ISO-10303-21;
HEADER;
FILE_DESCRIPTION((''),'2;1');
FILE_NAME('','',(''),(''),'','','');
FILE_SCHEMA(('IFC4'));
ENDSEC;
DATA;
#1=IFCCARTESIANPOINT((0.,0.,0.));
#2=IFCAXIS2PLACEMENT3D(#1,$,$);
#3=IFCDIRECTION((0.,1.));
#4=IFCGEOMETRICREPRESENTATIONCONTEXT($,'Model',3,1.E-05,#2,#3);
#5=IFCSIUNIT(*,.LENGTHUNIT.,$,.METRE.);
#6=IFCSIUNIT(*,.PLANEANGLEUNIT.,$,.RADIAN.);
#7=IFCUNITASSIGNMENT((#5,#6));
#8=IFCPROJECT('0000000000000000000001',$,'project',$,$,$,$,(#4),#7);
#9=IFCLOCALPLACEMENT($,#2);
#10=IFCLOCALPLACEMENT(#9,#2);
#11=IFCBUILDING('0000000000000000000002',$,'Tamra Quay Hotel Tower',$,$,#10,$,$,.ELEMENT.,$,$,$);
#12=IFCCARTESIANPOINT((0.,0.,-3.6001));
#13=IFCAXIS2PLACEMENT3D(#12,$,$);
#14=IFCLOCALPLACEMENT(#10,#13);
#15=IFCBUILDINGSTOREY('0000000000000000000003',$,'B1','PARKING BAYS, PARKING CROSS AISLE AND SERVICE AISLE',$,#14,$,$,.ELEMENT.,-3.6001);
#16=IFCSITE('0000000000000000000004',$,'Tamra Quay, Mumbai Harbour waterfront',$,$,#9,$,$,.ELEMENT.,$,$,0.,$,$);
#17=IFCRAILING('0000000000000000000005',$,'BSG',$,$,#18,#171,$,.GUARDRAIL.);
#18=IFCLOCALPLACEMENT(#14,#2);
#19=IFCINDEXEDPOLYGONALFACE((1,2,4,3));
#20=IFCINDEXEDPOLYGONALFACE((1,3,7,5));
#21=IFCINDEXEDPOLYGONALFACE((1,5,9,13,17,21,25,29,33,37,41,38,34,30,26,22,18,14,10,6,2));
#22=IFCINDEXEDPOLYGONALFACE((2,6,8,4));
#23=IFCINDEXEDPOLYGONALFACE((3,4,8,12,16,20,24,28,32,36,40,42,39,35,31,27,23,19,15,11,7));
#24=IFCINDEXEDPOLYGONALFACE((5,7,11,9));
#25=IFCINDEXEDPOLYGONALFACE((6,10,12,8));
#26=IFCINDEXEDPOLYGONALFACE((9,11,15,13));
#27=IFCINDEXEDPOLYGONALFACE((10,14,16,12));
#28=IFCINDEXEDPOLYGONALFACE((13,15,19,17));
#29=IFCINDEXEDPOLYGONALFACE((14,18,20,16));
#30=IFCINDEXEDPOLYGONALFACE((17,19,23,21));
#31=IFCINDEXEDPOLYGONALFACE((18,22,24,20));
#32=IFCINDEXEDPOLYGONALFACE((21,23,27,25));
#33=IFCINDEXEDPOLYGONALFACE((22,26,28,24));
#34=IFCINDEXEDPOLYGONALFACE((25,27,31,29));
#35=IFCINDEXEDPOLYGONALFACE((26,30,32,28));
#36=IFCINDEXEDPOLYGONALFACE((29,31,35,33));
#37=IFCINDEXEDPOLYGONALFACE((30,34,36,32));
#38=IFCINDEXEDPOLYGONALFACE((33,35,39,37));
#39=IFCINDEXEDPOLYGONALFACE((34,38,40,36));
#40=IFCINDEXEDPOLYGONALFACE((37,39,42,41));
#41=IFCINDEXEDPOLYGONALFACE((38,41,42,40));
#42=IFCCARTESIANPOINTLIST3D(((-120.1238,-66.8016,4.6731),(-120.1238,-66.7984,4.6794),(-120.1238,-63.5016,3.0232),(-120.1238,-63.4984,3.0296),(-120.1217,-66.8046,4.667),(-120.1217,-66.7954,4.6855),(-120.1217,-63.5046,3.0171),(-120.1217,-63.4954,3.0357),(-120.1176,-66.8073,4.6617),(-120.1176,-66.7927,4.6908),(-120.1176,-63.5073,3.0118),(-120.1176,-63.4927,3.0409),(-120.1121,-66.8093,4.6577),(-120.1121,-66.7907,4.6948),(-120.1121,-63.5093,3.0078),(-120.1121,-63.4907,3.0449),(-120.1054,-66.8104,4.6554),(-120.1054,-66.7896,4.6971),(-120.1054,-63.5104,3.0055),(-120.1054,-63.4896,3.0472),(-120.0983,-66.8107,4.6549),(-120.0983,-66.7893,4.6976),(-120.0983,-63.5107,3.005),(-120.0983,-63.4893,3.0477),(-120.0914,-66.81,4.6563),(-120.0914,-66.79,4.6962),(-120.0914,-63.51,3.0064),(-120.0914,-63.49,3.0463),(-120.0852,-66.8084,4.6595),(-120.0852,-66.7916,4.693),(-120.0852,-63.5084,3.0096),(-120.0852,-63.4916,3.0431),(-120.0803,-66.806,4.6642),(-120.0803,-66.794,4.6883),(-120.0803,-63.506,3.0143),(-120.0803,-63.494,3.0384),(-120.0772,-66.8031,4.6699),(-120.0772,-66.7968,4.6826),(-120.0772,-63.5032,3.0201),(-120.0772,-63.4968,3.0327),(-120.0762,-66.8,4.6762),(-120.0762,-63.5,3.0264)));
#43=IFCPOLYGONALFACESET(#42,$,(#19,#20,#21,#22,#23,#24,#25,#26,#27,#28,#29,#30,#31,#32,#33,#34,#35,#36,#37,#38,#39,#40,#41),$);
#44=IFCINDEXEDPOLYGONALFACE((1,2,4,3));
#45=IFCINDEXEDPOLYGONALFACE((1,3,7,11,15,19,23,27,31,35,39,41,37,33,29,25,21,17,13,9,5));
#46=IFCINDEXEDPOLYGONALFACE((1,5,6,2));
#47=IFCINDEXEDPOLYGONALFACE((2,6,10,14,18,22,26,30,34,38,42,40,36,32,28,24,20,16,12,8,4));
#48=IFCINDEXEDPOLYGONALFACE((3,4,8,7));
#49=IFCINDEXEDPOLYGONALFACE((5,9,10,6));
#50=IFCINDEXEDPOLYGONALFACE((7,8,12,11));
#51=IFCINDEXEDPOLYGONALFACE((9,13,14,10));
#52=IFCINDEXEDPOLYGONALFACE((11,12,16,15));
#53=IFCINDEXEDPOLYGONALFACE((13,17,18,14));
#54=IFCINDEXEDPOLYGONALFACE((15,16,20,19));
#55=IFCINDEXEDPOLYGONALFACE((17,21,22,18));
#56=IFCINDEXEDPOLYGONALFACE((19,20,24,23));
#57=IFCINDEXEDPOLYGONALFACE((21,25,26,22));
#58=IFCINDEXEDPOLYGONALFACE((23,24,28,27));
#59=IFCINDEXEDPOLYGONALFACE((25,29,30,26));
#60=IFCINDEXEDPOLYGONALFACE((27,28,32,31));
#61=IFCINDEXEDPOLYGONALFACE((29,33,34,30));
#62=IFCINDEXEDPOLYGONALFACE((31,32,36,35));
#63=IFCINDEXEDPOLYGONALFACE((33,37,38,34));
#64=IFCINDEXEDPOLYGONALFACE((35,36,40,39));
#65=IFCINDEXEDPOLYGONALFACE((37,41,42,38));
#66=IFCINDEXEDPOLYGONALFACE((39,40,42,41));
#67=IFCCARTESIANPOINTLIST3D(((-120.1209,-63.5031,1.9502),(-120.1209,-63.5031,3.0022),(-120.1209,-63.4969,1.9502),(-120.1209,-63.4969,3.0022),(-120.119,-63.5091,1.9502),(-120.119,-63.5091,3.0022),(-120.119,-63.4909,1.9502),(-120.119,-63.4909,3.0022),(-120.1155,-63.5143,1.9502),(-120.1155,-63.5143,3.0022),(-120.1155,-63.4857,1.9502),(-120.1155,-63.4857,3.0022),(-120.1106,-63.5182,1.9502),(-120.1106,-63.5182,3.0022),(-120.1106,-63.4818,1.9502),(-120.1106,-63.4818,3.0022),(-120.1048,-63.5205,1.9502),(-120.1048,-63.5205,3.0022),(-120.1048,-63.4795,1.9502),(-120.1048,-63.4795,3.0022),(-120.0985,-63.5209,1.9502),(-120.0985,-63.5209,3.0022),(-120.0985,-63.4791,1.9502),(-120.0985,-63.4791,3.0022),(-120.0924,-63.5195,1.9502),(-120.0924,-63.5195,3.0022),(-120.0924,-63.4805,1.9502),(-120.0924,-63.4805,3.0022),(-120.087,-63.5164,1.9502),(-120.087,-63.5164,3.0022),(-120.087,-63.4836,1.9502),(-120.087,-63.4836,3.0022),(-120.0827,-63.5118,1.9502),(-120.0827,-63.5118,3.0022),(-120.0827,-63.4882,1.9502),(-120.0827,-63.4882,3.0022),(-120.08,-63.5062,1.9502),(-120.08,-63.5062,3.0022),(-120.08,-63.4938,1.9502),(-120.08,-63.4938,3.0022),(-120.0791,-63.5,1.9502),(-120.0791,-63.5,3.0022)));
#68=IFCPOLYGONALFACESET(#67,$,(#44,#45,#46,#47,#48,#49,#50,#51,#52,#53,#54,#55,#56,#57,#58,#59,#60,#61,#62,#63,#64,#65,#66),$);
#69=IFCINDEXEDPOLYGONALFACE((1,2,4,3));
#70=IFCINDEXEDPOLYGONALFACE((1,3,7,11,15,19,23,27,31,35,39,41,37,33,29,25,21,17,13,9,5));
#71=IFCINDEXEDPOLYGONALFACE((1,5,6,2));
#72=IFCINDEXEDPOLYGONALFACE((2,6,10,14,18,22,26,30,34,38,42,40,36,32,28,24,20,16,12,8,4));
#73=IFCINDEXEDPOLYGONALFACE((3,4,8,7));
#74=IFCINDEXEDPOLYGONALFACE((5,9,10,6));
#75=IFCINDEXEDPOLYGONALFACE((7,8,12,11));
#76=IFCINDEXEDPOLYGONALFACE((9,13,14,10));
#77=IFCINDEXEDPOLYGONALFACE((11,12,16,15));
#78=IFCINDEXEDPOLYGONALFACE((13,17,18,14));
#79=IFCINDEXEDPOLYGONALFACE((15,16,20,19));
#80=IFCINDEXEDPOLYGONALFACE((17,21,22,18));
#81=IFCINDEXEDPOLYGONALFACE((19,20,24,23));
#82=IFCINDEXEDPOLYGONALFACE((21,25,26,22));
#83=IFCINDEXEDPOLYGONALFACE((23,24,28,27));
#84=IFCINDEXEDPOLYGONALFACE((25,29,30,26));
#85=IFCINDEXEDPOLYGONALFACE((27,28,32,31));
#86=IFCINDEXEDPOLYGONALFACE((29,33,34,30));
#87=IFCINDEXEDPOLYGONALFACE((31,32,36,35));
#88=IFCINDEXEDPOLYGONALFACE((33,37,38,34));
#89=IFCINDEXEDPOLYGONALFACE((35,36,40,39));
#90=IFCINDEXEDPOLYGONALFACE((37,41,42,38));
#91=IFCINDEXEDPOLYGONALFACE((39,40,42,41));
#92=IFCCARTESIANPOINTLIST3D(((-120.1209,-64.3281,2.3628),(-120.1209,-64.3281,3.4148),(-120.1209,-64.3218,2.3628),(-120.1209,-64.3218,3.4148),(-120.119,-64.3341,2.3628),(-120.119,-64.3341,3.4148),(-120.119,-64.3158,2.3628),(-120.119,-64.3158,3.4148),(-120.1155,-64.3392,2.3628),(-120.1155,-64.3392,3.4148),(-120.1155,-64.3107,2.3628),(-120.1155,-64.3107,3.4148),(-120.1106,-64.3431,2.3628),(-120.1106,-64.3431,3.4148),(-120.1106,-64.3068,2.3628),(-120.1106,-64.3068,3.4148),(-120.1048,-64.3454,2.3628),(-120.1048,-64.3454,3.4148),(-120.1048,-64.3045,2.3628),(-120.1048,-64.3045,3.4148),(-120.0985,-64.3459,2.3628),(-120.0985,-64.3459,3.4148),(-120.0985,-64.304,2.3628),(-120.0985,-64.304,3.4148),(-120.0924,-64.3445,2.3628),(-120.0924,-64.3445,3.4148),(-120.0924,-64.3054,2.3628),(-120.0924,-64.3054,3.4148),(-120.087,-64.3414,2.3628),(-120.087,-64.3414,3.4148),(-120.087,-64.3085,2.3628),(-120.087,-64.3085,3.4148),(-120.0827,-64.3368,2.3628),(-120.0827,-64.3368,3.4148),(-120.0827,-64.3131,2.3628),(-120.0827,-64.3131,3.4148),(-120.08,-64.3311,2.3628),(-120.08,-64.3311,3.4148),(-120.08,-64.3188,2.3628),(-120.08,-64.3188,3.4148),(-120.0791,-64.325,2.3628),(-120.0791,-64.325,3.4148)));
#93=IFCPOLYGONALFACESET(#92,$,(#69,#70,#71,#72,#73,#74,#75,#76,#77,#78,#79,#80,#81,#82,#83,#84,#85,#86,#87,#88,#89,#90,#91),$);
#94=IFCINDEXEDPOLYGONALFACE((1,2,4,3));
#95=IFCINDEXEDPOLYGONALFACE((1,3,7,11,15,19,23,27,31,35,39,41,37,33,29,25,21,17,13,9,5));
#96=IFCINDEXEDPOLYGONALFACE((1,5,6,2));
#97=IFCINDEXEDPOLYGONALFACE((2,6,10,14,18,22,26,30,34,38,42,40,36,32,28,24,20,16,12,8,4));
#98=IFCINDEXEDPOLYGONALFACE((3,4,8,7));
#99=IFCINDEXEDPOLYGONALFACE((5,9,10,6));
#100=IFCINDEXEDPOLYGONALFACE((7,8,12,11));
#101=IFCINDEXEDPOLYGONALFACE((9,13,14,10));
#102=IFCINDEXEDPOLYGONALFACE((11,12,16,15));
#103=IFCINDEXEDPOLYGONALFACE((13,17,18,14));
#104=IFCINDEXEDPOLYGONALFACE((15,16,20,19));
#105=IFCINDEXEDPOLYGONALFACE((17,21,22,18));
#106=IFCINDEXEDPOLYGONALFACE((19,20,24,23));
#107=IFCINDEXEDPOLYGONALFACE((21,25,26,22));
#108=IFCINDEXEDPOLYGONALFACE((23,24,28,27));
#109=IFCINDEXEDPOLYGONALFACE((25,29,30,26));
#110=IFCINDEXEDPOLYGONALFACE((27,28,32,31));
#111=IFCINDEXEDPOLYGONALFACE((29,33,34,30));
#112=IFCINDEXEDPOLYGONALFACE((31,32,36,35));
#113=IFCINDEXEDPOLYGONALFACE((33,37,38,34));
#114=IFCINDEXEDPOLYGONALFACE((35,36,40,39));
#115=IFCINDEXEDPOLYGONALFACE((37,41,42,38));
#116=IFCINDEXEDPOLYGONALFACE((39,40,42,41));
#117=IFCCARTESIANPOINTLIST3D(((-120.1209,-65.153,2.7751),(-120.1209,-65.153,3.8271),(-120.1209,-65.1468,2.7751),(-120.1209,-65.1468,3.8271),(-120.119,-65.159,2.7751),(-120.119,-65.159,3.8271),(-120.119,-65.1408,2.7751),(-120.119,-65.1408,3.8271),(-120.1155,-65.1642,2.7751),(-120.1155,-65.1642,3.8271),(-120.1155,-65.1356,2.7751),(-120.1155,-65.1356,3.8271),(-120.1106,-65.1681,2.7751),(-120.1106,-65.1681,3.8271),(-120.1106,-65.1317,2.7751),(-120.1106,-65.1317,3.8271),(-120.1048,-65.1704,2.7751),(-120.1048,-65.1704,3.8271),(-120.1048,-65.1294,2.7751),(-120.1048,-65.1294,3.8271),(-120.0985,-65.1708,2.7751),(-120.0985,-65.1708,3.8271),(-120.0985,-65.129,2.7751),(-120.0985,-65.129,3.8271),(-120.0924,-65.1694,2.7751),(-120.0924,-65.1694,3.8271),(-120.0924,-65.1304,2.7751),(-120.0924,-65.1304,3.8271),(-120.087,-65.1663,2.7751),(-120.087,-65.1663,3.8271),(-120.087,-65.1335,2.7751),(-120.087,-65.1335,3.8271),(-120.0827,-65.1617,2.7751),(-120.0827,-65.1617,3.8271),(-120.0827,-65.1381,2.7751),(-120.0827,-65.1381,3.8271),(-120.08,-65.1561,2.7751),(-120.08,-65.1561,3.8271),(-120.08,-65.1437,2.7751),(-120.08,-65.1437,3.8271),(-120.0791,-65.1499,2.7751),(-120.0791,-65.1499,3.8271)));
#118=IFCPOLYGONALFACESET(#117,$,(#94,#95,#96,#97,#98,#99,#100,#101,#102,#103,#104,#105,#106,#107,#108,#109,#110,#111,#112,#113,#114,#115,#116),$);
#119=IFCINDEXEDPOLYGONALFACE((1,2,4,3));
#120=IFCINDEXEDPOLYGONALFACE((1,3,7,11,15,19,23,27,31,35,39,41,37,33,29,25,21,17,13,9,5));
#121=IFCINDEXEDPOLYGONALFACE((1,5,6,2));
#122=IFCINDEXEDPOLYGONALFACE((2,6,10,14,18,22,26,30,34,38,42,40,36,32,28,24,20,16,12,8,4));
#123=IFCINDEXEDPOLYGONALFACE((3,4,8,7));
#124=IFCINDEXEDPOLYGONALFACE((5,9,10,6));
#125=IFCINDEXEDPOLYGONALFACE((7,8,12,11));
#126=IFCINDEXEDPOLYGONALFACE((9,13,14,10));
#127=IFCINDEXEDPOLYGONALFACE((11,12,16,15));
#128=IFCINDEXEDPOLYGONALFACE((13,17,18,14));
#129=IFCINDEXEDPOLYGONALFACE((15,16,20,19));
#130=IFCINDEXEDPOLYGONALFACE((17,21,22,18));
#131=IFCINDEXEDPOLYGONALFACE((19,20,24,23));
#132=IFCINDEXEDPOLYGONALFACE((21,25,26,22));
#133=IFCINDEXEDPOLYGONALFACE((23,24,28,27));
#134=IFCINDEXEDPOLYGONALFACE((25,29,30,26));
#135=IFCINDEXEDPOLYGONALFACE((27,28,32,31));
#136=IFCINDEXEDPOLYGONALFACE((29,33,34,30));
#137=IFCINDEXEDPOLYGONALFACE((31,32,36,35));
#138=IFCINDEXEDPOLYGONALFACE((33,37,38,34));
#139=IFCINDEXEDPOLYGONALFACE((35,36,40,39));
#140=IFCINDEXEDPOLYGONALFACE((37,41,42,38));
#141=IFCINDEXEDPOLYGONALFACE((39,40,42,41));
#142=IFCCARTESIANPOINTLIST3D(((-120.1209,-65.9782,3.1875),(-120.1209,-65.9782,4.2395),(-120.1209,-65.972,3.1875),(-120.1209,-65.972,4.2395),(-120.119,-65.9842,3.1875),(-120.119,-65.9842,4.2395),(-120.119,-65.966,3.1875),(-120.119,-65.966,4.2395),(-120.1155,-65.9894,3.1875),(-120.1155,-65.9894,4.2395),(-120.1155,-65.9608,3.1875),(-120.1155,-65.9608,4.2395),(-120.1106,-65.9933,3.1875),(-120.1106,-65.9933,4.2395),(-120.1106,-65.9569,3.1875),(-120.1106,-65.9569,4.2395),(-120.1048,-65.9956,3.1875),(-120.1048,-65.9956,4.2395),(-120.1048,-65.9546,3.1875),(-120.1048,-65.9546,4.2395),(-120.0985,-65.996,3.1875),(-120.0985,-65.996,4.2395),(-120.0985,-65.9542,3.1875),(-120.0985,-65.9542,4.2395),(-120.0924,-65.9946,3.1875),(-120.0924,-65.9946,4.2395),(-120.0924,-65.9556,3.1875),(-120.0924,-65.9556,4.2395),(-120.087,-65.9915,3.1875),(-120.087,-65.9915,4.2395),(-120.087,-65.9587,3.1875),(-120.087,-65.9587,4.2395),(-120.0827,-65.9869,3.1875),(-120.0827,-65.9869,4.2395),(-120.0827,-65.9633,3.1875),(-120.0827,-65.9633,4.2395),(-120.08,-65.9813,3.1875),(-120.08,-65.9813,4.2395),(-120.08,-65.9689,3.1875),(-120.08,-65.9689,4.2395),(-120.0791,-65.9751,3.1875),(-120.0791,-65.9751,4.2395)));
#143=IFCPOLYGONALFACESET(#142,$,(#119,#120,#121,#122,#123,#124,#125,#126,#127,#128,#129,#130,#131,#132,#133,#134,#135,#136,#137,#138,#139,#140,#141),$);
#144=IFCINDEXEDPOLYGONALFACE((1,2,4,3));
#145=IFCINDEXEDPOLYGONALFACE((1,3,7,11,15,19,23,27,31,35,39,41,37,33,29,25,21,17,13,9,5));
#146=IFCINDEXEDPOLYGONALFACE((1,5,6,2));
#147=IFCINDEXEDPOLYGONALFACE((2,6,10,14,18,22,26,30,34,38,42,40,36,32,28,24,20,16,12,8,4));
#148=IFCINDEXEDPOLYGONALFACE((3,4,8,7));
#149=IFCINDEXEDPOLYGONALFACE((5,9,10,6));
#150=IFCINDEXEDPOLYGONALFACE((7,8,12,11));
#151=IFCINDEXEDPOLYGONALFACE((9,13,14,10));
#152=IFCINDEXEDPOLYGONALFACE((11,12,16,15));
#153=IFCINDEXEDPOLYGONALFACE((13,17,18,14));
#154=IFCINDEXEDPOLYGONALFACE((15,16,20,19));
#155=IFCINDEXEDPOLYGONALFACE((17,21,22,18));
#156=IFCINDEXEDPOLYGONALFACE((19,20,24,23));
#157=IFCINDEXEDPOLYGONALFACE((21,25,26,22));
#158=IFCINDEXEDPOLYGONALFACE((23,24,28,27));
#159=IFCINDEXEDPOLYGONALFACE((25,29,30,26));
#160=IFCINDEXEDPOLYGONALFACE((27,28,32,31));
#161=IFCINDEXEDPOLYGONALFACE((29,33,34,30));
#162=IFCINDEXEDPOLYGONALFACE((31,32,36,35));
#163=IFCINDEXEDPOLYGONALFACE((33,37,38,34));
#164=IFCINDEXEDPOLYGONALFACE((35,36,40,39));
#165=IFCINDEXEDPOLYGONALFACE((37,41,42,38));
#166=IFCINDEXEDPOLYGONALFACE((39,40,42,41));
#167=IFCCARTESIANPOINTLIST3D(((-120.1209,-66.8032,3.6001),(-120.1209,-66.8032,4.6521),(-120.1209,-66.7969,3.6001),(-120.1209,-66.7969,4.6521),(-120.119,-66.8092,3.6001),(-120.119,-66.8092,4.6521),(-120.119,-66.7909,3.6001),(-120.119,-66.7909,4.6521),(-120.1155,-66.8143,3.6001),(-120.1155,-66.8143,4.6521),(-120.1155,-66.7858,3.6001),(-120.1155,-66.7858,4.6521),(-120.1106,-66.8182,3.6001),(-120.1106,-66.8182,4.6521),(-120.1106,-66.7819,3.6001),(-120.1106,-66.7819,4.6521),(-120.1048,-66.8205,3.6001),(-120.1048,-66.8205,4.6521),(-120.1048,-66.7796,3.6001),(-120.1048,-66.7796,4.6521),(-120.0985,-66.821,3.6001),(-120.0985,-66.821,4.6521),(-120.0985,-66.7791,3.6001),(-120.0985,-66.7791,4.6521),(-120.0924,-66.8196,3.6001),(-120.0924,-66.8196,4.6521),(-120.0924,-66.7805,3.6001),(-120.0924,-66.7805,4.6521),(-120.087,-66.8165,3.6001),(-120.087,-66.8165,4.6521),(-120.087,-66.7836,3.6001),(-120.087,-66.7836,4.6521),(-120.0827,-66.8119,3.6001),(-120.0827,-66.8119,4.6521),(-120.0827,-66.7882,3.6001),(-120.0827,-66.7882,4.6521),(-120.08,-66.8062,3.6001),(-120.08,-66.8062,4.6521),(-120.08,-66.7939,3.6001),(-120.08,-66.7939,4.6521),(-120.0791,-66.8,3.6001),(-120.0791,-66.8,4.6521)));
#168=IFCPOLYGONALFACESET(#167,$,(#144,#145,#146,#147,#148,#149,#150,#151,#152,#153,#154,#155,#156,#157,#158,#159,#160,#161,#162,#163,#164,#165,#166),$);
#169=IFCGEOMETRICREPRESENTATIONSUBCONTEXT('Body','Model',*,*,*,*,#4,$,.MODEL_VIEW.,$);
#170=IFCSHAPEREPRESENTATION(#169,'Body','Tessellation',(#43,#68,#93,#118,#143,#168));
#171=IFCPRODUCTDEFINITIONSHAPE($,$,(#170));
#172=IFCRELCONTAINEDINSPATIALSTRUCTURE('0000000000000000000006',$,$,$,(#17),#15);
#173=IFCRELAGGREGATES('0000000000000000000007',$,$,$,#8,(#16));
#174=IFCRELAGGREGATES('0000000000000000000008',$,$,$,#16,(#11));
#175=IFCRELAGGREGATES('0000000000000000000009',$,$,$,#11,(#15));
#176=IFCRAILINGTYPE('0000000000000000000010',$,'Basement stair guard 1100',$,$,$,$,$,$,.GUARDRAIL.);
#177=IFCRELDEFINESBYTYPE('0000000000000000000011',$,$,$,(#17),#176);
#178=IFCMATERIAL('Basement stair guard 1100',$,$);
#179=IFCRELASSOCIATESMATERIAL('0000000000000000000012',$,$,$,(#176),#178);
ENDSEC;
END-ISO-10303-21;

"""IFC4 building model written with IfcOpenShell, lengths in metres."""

from ifc_helpers import new_model, si_unit, direction, frame, origin, origin_2d, place, context, subcontext, project, spatial, circle, extrude, material, type_object, element, save


model = new_model("IFC4")

# Units and contexts
model_context = context("Model", 3, precision=1e-05, world=origin(), true_north=direction((0.0, 1.0)))
body_context = subcontext(model_context, "Body", "Model", "MODEL_VIEW")
ifc_project = project(units=[si_unit("LENGTHUNIT", "METRE"), si_unit("PLANEANGLEUNIT", "RADIAN")], contexts=[model_context])

# Site, building, storey
site_placement = place(None, origin())
site = spatial("IfcSite", under=ifc_project, at=site_placement, Name="Tamra Quay, Mumbai Harbour waterfront", CompositionType="ELEMENT", RefElevation=0.0)
building_placement = place(site_placement, origin())
building = spatial("IfcBuilding", under=site, at=building_placement, Name="Tamra Quay Hotel Tower", CompositionType="ELEMENT")
storey_placement = place(building_placement, frame((0.0, 0.0, -3.6001)))
storey = spatial("IfcBuildingStorey", under=building, at=storey_placement, Name="B1", Description="PARKING BAYS, PARKING CROSS AISLE AND SERVICE AISLE", CompositionType="ELEMENT", Elevation=-3.6001)

# Railing
ifc_material_1 = material(Name="Basement stair guard 1100")
railing_type_1 = type_object("IfcRailingType", Name="Basement stair guard 1100", PredefinedType="GUARDRAIL", material=ifc_material_1)
railing_1_placement = place(storey_placement, frame((-120.1001, -63.5, 1.9502)))
element("IfcRailing", 1, at=railing_1_placement, inside=storey, type_object=railing_type_1, Name="BSG", PredefinedType="GUARDRAIL", context=body_context, shape_type="SweptSolid", body=[
    extrude(circle(Radius=0.0239, at=origin_2d()), frame((0.0, 0.0, 1.0762), z_axis=(0.0, -0.89444, 0.447187), x_axis=(1.0, 0.0, 0.0)), (0.0, 0.0, 1.0), 3.6895),
    extrude(circle(Radius=0.021, at=origin_2d()), origin(), (0.0, 0.0, 1.0), 1.052),
    extrude(circle(Radius=0.021, at=origin_2d()), frame((0.0, -0.825, 0.4126)), (0.0, 0.0, 1.0), 1.052),
    extrude(circle(Radius=0.021, at=origin_2d()), frame((0.0, -1.6499, 0.825)), (0.0, 0.0, 1.0), 1.052),
    extrude(circle(Radius=0.021, at=origin_2d()), frame((0.0, -2.4751, 1.2373)), (0.0, 0.0, 1.0), 1.052),
    extrude(circle(Radius=0.021, at=origin_2d()), frame((0.0, -3.3, 1.6499)), (0.0, 0.0, 1.0), 1.052),
])

save(model, "model.ifc")
